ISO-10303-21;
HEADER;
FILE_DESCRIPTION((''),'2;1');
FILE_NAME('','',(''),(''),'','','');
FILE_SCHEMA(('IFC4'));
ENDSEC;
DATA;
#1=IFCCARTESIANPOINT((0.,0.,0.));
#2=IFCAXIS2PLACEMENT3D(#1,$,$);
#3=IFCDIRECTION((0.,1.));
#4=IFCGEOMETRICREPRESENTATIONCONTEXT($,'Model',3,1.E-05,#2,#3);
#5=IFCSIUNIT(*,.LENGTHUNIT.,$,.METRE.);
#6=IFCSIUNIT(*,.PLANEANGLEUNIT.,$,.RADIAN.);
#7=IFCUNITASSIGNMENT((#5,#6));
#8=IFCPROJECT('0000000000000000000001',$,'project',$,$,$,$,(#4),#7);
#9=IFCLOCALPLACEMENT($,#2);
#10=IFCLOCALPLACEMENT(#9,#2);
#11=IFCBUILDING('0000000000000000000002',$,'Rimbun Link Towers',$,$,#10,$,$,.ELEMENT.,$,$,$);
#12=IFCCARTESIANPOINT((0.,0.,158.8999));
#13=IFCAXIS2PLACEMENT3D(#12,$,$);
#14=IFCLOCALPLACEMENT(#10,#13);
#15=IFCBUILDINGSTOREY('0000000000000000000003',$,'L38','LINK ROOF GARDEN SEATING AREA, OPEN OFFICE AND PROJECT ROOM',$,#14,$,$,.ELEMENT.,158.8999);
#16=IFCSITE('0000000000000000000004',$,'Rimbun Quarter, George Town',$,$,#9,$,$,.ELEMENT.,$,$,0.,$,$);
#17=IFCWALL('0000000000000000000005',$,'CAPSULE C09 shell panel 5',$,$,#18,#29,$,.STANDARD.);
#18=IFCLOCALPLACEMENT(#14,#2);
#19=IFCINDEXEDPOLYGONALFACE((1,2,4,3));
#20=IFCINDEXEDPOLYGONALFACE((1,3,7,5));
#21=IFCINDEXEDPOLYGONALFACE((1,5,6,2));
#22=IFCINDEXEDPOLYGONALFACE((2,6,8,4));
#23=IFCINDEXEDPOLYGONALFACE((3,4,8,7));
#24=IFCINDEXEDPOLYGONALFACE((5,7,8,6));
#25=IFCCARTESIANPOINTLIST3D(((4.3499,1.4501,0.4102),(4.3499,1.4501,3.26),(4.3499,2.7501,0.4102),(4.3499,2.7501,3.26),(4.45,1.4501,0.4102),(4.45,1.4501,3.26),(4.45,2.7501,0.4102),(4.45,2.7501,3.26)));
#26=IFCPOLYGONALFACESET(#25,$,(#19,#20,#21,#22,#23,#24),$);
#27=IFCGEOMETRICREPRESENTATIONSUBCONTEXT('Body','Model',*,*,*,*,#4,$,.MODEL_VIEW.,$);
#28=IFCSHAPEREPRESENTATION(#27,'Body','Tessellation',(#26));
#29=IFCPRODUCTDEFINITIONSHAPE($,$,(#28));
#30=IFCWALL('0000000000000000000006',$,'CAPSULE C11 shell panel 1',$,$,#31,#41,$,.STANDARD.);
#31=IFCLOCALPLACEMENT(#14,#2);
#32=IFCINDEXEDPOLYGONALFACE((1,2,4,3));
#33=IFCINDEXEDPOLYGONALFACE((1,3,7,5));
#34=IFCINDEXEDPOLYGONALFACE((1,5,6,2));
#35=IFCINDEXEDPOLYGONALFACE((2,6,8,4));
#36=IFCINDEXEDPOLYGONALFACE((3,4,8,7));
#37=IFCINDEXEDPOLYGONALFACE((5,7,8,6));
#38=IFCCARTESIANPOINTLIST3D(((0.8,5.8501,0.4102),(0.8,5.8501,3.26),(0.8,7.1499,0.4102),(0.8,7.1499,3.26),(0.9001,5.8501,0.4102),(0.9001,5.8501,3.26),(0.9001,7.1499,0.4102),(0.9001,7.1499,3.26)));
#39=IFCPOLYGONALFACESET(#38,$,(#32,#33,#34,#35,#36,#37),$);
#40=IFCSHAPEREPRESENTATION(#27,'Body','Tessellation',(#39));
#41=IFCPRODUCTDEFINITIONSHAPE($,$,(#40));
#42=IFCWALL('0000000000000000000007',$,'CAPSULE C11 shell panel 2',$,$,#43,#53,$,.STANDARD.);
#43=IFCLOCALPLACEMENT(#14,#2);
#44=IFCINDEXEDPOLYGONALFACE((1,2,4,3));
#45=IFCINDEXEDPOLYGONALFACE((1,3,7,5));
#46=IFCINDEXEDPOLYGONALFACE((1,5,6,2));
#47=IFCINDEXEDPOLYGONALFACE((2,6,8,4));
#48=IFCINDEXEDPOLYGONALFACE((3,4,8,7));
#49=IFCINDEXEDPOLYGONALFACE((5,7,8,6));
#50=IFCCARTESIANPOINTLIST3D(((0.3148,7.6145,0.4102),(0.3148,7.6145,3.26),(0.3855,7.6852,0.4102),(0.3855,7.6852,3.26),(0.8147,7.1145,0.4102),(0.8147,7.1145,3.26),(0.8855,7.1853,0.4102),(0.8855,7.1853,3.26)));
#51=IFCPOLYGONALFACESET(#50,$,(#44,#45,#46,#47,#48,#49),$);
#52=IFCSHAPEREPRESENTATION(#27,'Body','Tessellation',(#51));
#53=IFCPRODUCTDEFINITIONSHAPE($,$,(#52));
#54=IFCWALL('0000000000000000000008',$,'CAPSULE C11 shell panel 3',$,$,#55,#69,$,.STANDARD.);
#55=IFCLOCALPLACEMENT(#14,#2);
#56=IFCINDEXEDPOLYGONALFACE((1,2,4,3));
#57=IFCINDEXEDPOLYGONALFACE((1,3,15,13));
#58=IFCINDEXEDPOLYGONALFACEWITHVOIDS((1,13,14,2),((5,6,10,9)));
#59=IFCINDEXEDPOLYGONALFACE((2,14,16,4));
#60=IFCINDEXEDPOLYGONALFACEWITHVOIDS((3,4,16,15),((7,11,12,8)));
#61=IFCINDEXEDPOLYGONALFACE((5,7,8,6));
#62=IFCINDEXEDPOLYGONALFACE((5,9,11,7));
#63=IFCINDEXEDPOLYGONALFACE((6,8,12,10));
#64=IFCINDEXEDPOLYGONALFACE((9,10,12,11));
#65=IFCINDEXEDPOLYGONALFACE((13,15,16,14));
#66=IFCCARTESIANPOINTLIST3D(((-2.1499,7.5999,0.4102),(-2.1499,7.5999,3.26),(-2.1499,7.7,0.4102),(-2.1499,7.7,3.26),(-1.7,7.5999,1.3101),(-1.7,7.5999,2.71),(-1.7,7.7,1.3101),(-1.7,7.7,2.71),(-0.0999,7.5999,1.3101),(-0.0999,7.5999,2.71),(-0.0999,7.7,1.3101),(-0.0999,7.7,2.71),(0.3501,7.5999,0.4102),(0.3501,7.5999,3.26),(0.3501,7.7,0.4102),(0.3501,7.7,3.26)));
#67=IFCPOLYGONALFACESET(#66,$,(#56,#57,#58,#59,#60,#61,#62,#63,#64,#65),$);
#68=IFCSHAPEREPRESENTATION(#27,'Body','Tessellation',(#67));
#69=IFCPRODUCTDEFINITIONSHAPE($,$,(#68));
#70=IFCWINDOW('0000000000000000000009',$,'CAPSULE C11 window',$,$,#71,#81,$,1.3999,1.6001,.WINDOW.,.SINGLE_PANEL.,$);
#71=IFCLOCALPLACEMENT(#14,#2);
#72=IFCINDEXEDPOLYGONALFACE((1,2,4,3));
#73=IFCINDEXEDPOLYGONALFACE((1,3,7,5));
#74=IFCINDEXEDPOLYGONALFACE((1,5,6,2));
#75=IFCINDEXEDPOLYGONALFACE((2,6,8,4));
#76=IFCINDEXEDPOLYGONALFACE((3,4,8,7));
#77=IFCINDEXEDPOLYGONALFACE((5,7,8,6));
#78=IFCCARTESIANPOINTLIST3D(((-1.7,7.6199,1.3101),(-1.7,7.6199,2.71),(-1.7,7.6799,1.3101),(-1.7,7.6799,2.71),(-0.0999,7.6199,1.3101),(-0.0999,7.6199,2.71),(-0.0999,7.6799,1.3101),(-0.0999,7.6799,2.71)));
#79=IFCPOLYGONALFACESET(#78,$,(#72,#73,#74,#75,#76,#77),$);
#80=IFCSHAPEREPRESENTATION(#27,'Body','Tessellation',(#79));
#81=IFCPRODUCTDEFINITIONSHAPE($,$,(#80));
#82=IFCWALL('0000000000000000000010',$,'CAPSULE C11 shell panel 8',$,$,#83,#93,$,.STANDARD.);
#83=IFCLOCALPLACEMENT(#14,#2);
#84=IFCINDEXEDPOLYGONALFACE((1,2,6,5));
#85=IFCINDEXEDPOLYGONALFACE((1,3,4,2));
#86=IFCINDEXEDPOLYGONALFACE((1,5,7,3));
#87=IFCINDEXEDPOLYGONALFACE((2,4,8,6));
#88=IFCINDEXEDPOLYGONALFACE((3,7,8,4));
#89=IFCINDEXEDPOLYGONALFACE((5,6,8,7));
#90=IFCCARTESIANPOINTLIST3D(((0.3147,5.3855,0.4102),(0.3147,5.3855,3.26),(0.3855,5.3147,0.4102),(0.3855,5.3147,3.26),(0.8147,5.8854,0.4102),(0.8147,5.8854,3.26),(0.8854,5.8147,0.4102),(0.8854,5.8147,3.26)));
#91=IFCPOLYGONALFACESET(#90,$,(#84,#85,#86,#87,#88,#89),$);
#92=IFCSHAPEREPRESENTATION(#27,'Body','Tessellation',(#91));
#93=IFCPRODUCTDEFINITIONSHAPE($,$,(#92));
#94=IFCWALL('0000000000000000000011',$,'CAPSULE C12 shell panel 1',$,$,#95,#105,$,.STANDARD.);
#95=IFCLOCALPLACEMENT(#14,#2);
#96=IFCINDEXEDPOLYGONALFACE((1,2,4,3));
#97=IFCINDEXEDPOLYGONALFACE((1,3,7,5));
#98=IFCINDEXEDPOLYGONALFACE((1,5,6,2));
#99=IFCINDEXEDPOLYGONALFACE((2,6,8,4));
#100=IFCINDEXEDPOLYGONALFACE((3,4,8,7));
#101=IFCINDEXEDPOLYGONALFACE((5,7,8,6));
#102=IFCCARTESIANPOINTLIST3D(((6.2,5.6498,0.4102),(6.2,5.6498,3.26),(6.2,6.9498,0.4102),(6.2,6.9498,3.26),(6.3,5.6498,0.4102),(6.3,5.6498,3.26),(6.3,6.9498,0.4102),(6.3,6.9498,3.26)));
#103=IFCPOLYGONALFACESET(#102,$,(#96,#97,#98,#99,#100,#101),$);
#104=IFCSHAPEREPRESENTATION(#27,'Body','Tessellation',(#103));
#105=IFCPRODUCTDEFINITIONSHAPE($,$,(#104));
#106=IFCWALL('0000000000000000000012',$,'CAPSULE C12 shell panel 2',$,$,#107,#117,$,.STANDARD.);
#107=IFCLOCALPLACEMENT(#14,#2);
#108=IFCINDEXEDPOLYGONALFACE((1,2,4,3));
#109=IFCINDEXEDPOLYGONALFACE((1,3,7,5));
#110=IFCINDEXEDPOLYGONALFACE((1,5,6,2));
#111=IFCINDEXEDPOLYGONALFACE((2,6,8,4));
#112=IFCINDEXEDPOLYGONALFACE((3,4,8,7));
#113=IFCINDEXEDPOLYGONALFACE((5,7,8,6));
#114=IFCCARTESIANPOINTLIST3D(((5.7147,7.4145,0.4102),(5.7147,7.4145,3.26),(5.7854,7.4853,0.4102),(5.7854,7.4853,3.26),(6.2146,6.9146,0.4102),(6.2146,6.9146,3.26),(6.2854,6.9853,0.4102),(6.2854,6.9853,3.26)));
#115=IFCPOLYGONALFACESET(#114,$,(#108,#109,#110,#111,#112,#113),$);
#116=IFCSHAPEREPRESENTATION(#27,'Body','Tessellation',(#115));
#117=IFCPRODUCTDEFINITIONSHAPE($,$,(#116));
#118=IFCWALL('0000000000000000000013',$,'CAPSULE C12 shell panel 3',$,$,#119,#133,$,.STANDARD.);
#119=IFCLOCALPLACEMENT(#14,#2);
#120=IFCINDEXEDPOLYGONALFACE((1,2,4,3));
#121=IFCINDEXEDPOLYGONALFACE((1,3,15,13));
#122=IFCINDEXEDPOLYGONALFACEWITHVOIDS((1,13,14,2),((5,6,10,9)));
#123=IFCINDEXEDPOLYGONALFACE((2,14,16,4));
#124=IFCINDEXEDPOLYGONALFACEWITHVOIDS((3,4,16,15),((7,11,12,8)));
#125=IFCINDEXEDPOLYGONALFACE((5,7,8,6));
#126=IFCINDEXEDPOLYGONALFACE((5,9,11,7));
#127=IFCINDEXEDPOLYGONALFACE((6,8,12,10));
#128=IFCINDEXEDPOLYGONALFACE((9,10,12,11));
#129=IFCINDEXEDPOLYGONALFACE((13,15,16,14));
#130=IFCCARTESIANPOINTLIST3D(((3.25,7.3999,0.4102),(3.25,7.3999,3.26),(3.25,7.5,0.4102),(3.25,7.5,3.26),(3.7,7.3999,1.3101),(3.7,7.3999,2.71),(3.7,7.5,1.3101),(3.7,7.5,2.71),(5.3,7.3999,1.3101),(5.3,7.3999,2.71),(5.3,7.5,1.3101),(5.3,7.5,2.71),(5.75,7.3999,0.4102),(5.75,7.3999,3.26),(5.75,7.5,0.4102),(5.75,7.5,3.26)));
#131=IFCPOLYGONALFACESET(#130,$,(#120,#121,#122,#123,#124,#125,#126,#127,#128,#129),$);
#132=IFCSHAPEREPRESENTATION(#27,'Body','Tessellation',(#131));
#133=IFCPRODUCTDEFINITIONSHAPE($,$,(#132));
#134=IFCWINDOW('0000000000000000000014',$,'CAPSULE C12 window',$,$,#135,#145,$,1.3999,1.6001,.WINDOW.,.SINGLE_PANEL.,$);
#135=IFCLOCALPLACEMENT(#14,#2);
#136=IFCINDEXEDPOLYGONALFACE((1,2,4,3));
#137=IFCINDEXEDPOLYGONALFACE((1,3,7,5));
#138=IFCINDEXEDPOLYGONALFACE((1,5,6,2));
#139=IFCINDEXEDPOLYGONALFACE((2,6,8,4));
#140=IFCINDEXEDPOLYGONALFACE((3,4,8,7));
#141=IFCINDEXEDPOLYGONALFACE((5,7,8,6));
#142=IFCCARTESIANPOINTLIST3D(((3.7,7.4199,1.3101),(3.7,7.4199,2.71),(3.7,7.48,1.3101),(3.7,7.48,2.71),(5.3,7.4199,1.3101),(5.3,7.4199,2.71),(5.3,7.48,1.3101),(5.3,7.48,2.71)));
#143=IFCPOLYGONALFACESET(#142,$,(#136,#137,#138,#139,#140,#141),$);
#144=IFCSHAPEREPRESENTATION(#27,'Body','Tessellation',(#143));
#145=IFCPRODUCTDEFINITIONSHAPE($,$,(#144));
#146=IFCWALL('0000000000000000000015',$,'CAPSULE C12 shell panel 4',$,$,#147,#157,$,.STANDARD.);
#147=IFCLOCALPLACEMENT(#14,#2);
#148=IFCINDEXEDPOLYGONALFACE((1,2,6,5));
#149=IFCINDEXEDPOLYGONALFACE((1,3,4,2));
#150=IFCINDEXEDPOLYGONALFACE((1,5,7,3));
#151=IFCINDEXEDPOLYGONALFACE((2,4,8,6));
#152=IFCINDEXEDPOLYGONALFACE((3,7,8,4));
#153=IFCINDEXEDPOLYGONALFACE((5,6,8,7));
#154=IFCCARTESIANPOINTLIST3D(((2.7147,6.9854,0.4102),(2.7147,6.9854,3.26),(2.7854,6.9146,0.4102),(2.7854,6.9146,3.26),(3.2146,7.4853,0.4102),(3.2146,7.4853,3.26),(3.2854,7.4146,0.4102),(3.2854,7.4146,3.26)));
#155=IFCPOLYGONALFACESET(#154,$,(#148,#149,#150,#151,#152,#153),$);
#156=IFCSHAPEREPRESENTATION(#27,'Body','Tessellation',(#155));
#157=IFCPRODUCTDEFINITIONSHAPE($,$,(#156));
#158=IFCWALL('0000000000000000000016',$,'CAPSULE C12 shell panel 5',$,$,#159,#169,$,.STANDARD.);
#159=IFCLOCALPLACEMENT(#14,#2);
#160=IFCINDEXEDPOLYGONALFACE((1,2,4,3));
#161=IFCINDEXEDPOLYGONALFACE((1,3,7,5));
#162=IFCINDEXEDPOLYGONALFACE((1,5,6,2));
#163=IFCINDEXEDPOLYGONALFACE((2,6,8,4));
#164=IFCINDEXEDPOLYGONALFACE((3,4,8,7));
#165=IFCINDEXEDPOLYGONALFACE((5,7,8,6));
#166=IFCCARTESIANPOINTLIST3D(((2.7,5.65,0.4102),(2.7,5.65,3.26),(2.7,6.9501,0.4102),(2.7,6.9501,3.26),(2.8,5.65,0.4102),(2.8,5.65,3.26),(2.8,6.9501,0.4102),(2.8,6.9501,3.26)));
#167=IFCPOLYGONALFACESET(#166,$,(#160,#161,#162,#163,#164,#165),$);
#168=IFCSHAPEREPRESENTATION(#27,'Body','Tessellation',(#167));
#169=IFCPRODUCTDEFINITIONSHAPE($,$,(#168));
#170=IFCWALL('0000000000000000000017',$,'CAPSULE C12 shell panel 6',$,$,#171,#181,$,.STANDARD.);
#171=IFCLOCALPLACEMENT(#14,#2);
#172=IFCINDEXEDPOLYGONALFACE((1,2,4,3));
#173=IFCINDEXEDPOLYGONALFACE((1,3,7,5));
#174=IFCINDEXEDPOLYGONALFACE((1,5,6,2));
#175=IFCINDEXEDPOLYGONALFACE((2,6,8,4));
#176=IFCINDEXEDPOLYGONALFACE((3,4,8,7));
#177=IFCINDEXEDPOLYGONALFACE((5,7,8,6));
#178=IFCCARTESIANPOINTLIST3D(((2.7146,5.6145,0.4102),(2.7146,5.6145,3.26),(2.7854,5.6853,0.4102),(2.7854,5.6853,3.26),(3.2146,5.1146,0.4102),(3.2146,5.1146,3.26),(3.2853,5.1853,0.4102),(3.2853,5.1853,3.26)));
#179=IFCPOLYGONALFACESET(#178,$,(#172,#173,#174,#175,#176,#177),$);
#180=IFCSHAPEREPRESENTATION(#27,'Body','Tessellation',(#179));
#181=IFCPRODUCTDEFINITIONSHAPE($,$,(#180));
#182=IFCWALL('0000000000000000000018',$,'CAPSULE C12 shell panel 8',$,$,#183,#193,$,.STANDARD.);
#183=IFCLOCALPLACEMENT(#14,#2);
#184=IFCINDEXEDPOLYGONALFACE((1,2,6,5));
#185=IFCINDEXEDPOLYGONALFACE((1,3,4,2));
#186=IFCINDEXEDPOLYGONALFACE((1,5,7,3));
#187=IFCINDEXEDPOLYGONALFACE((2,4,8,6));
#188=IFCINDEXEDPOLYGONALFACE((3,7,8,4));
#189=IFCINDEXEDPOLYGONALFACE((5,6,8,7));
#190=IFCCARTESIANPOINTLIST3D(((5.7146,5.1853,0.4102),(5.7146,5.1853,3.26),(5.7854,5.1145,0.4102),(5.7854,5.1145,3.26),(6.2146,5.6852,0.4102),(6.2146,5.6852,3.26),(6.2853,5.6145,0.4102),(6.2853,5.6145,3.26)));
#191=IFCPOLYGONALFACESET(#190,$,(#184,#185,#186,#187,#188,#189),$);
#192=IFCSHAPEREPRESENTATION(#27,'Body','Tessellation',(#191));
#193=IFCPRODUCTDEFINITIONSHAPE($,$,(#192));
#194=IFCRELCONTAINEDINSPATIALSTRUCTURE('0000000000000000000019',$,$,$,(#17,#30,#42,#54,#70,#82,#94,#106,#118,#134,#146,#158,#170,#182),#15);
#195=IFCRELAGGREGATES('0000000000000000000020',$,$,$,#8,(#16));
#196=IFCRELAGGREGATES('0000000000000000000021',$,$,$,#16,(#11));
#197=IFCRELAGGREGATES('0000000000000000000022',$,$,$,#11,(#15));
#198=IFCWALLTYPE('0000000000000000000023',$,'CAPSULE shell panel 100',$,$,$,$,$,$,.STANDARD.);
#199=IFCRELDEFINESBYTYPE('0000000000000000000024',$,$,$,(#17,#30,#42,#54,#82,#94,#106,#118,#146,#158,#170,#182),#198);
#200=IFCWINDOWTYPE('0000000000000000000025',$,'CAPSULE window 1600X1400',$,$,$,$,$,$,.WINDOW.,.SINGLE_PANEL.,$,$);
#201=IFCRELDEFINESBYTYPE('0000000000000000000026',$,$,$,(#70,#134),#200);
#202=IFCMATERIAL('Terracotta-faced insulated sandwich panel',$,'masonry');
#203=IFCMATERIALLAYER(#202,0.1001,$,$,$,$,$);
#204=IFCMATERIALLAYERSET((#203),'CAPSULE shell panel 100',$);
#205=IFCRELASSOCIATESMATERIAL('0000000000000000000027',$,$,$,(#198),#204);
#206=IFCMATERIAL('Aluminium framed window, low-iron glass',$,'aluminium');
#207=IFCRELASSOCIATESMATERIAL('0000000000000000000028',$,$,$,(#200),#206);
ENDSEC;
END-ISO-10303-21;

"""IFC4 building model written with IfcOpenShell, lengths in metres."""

from ifc_helpers import new_model, si_unit, direction, frame, frame_2d, origin, place, context, subcontext, project, spatial, rectangle, extrude, material, layer, layer_set, type_object, element, fill, save


model = new_model("IFC4")

# Units and contexts
model_context = context("Model", 3, precision=1e-05, world=origin(), true_north=direction((0.0, 1.0)))
body_context = subcontext(model_context, "Body", "Model", "MODEL_VIEW")
ifc_project = project(units=[si_unit("LENGTHUNIT", "METRE"), si_unit("PLANEANGLEUNIT", "RADIAN")], contexts=[model_context])

# Site, building, storey
site_placement = place(None, origin())
site = spatial("IfcSite", under=ifc_project, at=site_placement, Name="Rimbun Quarter, George Town", CompositionType="ELEMENT", RefElevation=0.0)
building_placement = place(site_placement, origin())
building = spatial("IfcBuilding", under=site, at=building_placement, Name="Rimbun Link Towers", CompositionType="ELEMENT")
storey_placement = place(building_placement, frame((0.0, 0.0, 158.8999)))
storey = spatial("IfcBuildingStorey", under=building, at=storey_placement, Name="L38", Description="LINK ROOF GARDEN SEATING AREA, OPEN OFFICE AND PROJECT ROOM", CompositionType="ELEMENT", Elevation=158.8999)

# Shared definitions
ifc_material_1 = material(Name="Terracotta-faced insulated sandwich panel", Category="masonry")
ifc_layer_1 = layer(ifc_material_1, 0.1001)
ifc_layer_set_1 = layer_set([ifc_layer_1], Name="CAPSULE shell panel 100")
wall_type_1 = type_object("IfcWallType", Name="CAPSULE shell panel 100", PredefinedType="STANDARD", material=ifc_layer_set_1)

# Shared definitions
ifc_material_2 = material(Name="Aluminium framed window, low-iron glass", Category="aluminium")
window_type = type_object("IfcWindowType", Name="CAPSULE window 1600X1400", PartitioningType="SINGLE_PANEL", PredefinedType="WINDOW", material=ifc_material_2)

# Walls
wall_1_placement = place(storey_placement, frame((4.3999, 2.75, 0.4102), z_axis=(0.0, 0.0, 1.0), x_axis=(0.0, -1.0, 0.0)))
element("IfcWall", 1, at=wall_1_placement, inside=storey, type_object=wall_type_1, Name="CAPSULE C09 shell panel 5", PredefinedType="STANDARD", context=body_context, shape_type="SweptSolid", body=[
    extrude(rectangle(XDim=1.3, YDim=0.1001, at=frame_2d((0.6499, 0.0))), origin(), (0.0, 0.0, 1.0), 2.8499),
])
wall_2_placement = place(storey_placement, frame((0.8501, 5.8501, 0.4102), z_axis=(0.0, 0.0, 1.0), x_axis=(0.0, 1.0, 0.0)))
element("IfcWall", 2, at=wall_2_placement, inside=storey, type_object=wall_type_1, Name="CAPSULE C11 shell panel 1", PredefinedType="STANDARD", context=body_context, shape_type="SweptSolid", body=[
    extrude(rectangle(XDim=1.2998, YDim=0.1001, at=frame_2d((0.6499, 0.0))), origin(), (0.0, 0.0, 1.0), 2.8499),
])
wall_3_placement = place(storey_placement, frame((0.8501, 7.1499, 0.4102), z_axis=(0.0, 0.0, 1.0), x_axis=(-0.707107, 0.707107, 0.0)))
element("IfcWall", 3, at=wall_3_placement, inside=storey, type_object=wall_type_1, Name="CAPSULE C11 shell panel 2", PredefinedType="STANDARD", context=body_context, shape_type="SweptSolid", body=[
    extrude(rectangle(XDim=0.707, YDim=0.1001, at=frame_2d((0.3535, 0.0))), origin(), (0.0, 0.0, 1.0), 2.8499),
])

# Wall, opening, window
wall_4_placement = place(storey_placement, frame((0.3501, 7.6499, 0.4102), z_axis=(0.0, 0.0, 1.0), x_axis=(-1.0, 0.0, 0.0)))
wall_4 = element("IfcWall", 4, at=wall_4_placement, inside=storey, type_object=wall_type_1, Name="CAPSULE C11 shell panel 3", PredefinedType="STANDARD", context=body_context, shape_type="SweptSolid", body=[
    extrude(rectangle(XDim=2.5, YDim=0.1001, at=frame_2d((1.25, 0.0))), origin(), (0.0, 0.0, 1.0), 2.8499),
])
opening_1_placement = place(wall_4_placement, frame((0.45, 0.0, 0.8999)))
opening_1 = element("IfcOpeningElement", 5, at=opening_1_placement, cuts=wall_4, PredefinedType="OPENING", context=body_context, shape_type="SweptSolid", body=[
    extrude(rectangle(XDim=1.6001, YDim=1.3999, at=frame_2d((0.8, 0.7))), frame((0.0, 0.0601, 0.0), z_axis=(0.0, -1.0, 0.0), x_axis=(1.0, 0.0, 0.0)), (0.0, 0.0, 1.0), 0.1201),
])
window_1_placement = place(opening_1_placement, origin())
window_1 = element("IfcWindow", 6, at=window_1_placement, inside=storey, type_object=window_type, Name="CAPSULE C11 window", OverallHeight=1.3999, OverallWidth=1.6001, PartitioningType="SINGLE_PANEL", PredefinedType="WINDOW", context=body_context, shape_type="SweptSolid", body=[
    extrude(rectangle(XDim=1.6001, YDim=1.3999, at=frame_2d((0.8, 0.7))), frame((0.0, 0.03, 0.0), z_axis=(0.0, -1.0, 0.0), x_axis=(1.0, 0.0, 0.0)), (0.0, 0.0, 1.0), 0.0601),
])
fill(opening_1, window_1)

# Walls
wall_5_placement = place(storey_placement, frame((0.3501, 5.3501, 0.4102), z_axis=(0.0, 0.0, 1.0), x_axis=(0.707107, 0.707107, 0.0)))
element("IfcWall", 7, at=wall_5_placement, inside=storey, type_object=wall_type_1, Name="CAPSULE C11 shell panel 8", PredefinedType="STANDARD", context=body_context, shape_type="SweptSolid", body=[
    extrude(rectangle(XDim=0.707, YDim=0.1001, at=frame_2d((0.3535, 0.0))), origin(), (0.0, 0.0, 1.0), 2.8499),
])
wall_6_placement = place(storey_placement, frame((6.25, 5.6499, 0.4102), z_axis=(0.0, 0.0, 1.0), x_axis=(0.0, 1.0, 0.0)))
element("IfcWall", 8, at=wall_6_placement, inside=storey, type_object=wall_type_1, Name="CAPSULE C12 shell panel 1", PredefinedType="STANDARD", context=body_context, shape_type="SweptSolid", body=[
    extrude(rectangle(XDim=1.3, YDim=0.1001, at=frame_2d((0.6499, 0.0))), origin(), (0.0, 0.0, 1.0), 2.8499),
])
wall_7_placement = place(storey_placement, frame((6.25, 6.95, 0.4102), z_axis=(0.0, 0.0, 1.0), x_axis=(-0.707107, 0.707107, 0.0)))
element("IfcWall", 9, at=wall_7_placement, inside=storey, type_object=wall_type_1, Name="CAPSULE C12 shell panel 2", PredefinedType="STANDARD", context=body_context, shape_type="SweptSolid", body=[
    extrude(rectangle(XDim=0.707, YDim=0.1001, at=frame_2d((0.3535, 0.0))), origin(), (0.0, 0.0, 1.0), 2.8499),
])

# Wall, opening, window
wall_8_placement = place(storey_placement, frame((5.75, 7.45, 0.4102), z_axis=(0.0, 0.0, 1.0), x_axis=(-1.0, 0.0, 0.0)))
wall_8 = element("IfcWall", 10, at=wall_8_placement, inside=storey, type_object=wall_type_1, Name="CAPSULE C12 shell panel 3", PredefinedType="STANDARD", context=body_context, shape_type="SweptSolid", body=[
    extrude(rectangle(XDim=2.5, YDim=0.1001, at=frame_2d((1.25, 0.0))), origin(), (0.0, 0.0, 1.0), 2.8499),
])
opening_2_placement = place(wall_8_placement, frame((0.45, 0.0, 0.8999)))
opening_2 = element("IfcOpeningElement", 11, at=opening_2_placement, cuts=wall_8, PredefinedType="OPENING", context=body_context, shape_type="SweptSolid", body=[
    extrude(rectangle(XDim=1.6001, YDim=1.3999, at=frame_2d((0.8, 0.7))), frame((0.0, 0.0601, 0.0), z_axis=(0.0, -1.0, 0.0), x_axis=(1.0, 0.0, 0.0)), (0.0, 0.0, 1.0), 0.1201),
])
window_2_placement = place(opening_2_placement, origin())
window_2 = element("IfcWindow", 12, at=window_2_placement, inside=storey, type_object=window_type, Name="CAPSULE C12 window", OverallHeight=1.3999, OverallWidth=1.6001, PartitioningType="SINGLE_PANEL", PredefinedType="WINDOW", context=body_context, shape_type="SweptSolid", body=[
    extrude(rectangle(XDim=1.6001, YDim=1.3999, at=frame_2d((0.8, 0.7))), frame((0.0, 0.03, 0.0), z_axis=(0.0, -1.0, 0.0), x_axis=(1.0, 0.0, 0.0)), (0.0, 0.0, 1.0), 0.0601),
])
fill(opening_2, window_2)

# Walls
wall_9_placement = place(storey_placement, frame((3.25, 7.45, 0.4102), z_axis=(0.0, 0.0, 1.0), x_axis=(-0.707107, -0.707107, 0.0)))
element("IfcWall", 13, at=wall_9_placement, inside=storey, type_object=wall_type_1, Name="CAPSULE C12 shell panel 4", PredefinedType="STANDARD", context=body_context, shape_type="SweptSolid", body=[
    extrude(rectangle(XDim=0.707, YDim=0.1001, at=frame_2d((0.3535, 0.0))), origin(), (0.0, 0.0, 1.0), 2.8499),
])
wall_10_placement = place(storey_placement, frame((2.75, 6.95, 0.4102), z_axis=(0.0, 0.0, 1.0), x_axis=(0.0, -1.0, 0.0)))
element("IfcWall", 14, at=wall_10_placement, inside=storey, type_object=wall_type_1, Name="CAPSULE C12 shell panel 5", PredefinedType="STANDARD", context=body_context, shape_type="SweptSolid", body=[
    extrude(rectangle(XDim=1.3, YDim=0.1001, at=frame_2d((0.6499, 0.0))), origin(), (0.0, 0.0, 1.0), 2.8499),
])
for number, where, z_axis, x_axis, name in (
    (15, (2.75, 5.6499, 0.4102), (0.0, 0.0, 1.0), (0.707107, -0.707107, 0.0), "CAPSULE C12 shell panel 6"),
    (16, (5.75, 5.1499, 0.4102), (0.0, 0.0, 1.0), (0.707107, 0.707107, 0.0), "CAPSULE C12 shell panel 8"),
):
    element("IfcWall", number, at=place(storey_placement, frame(where, z_axis=z_axis, x_axis=x_axis)), inside=storey, type_object=wall_type_1, Name=name, PredefinedType="STANDARD", context=body_context, shape_type="SweptSolid", body=[
        extrude(rectangle(XDim=0.707, YDim=0.1001, at=frame_2d((0.3535, 0.0))), origin(), (0.0, 0.0, 1.0), 2.8499),
    ])

save(model, "model.ifc")
